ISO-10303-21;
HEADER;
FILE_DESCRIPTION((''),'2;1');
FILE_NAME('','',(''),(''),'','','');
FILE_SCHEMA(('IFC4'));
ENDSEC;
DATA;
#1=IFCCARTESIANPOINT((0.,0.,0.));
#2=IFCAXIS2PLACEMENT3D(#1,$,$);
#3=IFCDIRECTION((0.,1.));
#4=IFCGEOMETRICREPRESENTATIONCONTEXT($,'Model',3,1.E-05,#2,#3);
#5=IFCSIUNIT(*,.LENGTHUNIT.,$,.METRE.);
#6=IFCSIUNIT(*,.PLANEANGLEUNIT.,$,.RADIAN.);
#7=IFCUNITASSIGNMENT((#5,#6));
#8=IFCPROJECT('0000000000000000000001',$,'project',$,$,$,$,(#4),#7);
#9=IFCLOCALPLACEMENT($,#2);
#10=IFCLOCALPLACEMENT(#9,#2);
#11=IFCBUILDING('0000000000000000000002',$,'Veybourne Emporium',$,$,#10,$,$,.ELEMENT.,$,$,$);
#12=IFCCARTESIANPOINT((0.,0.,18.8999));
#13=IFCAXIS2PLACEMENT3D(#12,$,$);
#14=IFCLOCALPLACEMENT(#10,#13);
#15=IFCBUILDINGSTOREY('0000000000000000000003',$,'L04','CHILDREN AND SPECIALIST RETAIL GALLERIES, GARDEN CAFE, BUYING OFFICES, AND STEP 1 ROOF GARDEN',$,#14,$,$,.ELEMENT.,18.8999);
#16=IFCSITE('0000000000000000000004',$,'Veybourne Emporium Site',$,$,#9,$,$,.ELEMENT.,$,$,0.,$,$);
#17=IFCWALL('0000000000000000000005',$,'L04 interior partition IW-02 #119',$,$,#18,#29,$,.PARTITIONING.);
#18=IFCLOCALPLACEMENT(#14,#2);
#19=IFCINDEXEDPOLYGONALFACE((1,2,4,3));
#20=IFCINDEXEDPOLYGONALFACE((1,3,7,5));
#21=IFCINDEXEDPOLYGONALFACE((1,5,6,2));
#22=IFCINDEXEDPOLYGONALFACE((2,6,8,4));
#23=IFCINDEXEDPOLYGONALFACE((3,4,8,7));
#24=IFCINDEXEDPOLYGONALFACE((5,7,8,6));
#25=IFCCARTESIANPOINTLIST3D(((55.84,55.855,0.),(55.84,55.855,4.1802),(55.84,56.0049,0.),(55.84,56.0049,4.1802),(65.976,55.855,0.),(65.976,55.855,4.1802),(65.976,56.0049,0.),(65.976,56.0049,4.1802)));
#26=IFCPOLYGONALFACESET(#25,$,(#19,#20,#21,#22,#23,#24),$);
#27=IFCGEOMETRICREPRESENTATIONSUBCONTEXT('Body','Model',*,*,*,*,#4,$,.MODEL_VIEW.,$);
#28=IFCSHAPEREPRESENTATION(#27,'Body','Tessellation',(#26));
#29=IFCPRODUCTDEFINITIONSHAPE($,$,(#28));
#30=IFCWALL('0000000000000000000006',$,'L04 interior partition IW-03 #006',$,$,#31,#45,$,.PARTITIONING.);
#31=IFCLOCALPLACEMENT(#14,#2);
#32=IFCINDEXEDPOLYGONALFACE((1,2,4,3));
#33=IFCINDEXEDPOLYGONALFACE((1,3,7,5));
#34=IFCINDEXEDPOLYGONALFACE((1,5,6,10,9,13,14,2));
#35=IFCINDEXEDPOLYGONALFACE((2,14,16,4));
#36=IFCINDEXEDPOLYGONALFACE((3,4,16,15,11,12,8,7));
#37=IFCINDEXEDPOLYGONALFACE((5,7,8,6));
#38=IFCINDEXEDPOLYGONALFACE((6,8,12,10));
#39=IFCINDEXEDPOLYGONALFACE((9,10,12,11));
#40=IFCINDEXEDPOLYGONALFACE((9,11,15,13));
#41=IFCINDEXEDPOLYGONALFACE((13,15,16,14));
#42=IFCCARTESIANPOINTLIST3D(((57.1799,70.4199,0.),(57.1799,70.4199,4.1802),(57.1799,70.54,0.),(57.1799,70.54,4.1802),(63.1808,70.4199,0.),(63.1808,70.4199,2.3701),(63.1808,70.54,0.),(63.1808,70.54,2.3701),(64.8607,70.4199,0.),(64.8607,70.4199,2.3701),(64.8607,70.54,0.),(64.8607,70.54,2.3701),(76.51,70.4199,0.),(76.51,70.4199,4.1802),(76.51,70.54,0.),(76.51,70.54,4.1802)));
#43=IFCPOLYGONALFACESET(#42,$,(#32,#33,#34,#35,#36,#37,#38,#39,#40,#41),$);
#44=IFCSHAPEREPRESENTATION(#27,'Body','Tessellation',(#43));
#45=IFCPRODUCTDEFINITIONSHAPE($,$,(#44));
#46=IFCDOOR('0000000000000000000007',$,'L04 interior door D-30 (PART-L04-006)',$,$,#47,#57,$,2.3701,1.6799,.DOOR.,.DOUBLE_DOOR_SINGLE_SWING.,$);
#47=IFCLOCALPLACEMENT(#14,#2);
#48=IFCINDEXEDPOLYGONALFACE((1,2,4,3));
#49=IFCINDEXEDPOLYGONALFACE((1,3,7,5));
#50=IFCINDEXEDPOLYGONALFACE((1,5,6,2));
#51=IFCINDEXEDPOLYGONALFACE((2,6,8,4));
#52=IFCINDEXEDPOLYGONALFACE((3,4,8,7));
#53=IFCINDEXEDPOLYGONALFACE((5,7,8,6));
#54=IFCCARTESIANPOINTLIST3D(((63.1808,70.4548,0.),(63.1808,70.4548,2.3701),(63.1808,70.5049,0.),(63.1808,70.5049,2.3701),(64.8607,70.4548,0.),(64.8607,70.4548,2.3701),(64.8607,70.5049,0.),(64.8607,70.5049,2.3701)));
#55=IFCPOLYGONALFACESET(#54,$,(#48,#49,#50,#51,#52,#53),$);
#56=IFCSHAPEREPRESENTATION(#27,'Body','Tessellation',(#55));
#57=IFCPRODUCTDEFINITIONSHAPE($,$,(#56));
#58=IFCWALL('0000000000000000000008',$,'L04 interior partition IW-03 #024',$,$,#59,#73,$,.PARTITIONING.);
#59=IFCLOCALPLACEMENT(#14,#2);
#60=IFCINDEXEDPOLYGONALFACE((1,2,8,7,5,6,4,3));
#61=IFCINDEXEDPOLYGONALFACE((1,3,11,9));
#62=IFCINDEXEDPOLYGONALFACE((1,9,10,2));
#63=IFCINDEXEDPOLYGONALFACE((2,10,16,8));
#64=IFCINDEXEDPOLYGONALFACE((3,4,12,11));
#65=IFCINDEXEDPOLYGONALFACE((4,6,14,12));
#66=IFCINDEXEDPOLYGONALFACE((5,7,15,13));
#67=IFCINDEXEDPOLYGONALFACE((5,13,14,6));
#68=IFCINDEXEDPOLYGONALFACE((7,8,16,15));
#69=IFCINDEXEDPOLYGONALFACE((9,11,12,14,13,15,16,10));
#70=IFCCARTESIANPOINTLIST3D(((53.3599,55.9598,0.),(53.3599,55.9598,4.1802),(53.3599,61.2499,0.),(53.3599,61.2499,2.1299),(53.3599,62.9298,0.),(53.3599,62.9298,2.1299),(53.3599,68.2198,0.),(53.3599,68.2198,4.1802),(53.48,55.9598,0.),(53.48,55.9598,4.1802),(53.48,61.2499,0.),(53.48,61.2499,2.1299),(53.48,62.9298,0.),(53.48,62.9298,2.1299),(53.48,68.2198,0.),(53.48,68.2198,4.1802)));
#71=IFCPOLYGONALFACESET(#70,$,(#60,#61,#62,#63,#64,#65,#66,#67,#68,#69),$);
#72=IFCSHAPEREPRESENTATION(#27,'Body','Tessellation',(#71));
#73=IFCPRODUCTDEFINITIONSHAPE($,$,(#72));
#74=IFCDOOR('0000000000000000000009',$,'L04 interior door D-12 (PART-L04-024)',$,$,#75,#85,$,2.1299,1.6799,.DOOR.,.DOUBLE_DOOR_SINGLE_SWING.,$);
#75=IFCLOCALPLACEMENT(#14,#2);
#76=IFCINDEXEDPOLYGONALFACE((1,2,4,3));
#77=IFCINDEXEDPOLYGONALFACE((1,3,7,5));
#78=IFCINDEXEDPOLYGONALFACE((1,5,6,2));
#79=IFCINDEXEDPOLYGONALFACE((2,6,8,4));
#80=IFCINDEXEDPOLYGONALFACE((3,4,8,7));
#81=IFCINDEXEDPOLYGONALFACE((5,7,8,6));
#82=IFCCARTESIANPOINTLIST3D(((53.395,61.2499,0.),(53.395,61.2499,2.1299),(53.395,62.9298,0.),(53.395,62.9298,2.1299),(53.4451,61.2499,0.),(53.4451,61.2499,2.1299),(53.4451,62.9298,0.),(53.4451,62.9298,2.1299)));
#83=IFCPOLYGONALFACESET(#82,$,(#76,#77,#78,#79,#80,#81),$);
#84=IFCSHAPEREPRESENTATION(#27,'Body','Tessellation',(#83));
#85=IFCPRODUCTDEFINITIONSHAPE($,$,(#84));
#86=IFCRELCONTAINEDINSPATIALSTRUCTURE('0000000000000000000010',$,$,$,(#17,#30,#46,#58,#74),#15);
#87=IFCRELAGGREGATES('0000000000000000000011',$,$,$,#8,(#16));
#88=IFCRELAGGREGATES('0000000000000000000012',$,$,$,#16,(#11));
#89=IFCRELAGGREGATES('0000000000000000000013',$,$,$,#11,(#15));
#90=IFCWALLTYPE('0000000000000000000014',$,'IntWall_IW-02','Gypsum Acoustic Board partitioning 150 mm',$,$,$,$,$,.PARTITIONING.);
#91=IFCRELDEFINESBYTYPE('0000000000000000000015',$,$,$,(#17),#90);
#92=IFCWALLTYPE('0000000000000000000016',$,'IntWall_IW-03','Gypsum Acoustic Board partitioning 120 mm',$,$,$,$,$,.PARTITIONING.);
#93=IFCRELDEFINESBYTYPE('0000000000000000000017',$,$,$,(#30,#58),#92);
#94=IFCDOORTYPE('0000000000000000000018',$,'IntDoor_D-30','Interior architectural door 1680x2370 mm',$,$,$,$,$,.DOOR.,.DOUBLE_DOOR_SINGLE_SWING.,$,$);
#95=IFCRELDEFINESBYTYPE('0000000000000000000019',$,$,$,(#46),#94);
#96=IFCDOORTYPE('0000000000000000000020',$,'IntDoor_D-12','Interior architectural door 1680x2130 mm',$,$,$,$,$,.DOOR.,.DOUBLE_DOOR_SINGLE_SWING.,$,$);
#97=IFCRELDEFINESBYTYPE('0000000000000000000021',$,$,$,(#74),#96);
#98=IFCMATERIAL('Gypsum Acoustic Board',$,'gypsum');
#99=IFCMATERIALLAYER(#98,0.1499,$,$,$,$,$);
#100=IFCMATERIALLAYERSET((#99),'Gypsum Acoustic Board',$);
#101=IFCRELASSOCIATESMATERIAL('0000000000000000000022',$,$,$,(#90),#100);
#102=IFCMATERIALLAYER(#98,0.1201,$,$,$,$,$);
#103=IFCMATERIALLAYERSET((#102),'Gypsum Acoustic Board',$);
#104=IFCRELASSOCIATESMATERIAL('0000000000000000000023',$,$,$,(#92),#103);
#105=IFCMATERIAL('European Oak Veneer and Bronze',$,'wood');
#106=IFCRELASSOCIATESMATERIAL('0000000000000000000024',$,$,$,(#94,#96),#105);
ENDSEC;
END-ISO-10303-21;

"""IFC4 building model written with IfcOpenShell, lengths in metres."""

from ifc_helpers import new_model, si_unit, direction, frame, frame_2d, origin, place, context, subcontext, project, spatial, rectangle, extrude, material, layer, layer_set, type_object, element, fill, save


model = new_model("IFC4")

# Units and contexts
model_context = context("Model", 3, precision=1e-05, world=origin(), true_north=direction((0.0, 1.0)))
body_context = subcontext(model_context, "Body", "Model", "MODEL_VIEW")
ifc_project = project(units=[si_unit("LENGTHUNIT", "METRE"), si_unit("PLANEANGLEUNIT", "RADIAN")], contexts=[model_context])

# Site, building, storey
site_placement = place(None, origin())
site = spatial("IfcSite", under=ifc_project, at=site_placement, Name="Veybourne Emporium Site", CompositionType="ELEMENT", RefElevation=0.0)
building_placement = place(site_placement, origin())
building = spatial("IfcBuilding", under=site, at=building_placement, Name="Veybourne Emporium", CompositionType="ELEMENT")
storey_placement = place(building_placement, frame((0.0, 0.0, 18.8999)))
storey = spatial("IfcBuildingStorey", under=building, at=storey_placement, Name="L04", Description="CHILDREN AND SPECIALIST RETAIL GALLERIES, GARDEN CAFE, BUYING OFFICES, AND STEP 1 ROOF GARDEN", CompositionType="ELEMENT", Elevation=18.8999)

# Shared definitions
ifc_material_1 = material(Name="Gypsum Acoustic Board", Category="gypsum")
ifc_material_2 = material(Name="European Oak Veneer and Bronze", Category="wood")
ifc_layer_1 = layer(ifc_material_1, 0.1499)
ifc_layer_set_1 = layer_set([ifc_layer_1], Name="Gypsum Acoustic Board")
wall_type_1 = type_object("IfcWallType", Name="IntWall_IW-02", Description="Gypsum Acoustic Board partitioning 150 mm", PredefinedType="PARTITIONING", material=ifc_layer_set_1)

# Wall
wall_1_placement = place(storey_placement, frame((55.8401, 55.9299, 0.0), z_axis=(0.0, 0.0, 1.0), x_axis=(1.0, 0.0, 0.0)))
element("IfcWall", 1, at=wall_1_placement, inside=storey, type_object=wall_type_1, Name="L04 interior partition IW-02 #119", PredefinedType="PARTITIONING", context=body_context, shape_type="SweptSolid", body=[
    extrude(rectangle(XDim=10.136, YDim=0.1499, at=frame_2d((5.0679, 0.0))), origin(), (0.0, 0.0, 1.0), 4.1802),
])

# Walls, openings, doors
ifc_layer_2 = layer(ifc_material_1, 0.1201)
ifc_layer_set_2 = layer_set([ifc_layer_2], Name="Gypsum Acoustic Board")
wall_type_2 = type_object("IfcWallType", Name="IntWall_IW-03", Description="Gypsum Acoustic Board partitioning 120 mm", PredefinedType="PARTITIONING", material=ifc_layer_set_2)
wall_2_placement = place(storey_placement, frame((57.1799, 70.48, 0.0), z_axis=(0.0, 0.0, 1.0), x_axis=(1.0, 0.0, 0.0)))
wall_2 = element("IfcWall", 2, at=wall_2_placement, inside=storey, type_object=wall_type_2, Name="L04 interior partition IW-03 #006", PredefinedType="PARTITIONING", context=body_context, shape_type="SweptSolid", body=[
    extrude(rectangle(XDim=19.3301, YDim=0.1201, at=frame_2d((9.665, 0.0))), origin(), (0.0, 0.0, 1.0), 4.1802),
])
opening_1_placement = place(wall_2_placement, frame((6.001, 0.0, 0.0)))
opening_1 = element("IfcOpeningElement", 3, at=opening_1_placement, cuts=wall_2, PredefinedType="OPENING", context=body_context, shape_type="SweptSolid", body=[
    extrude(rectangle(XDim=1.6799, YDim=2.3701, at=frame_2d((0.8398, 1.1851))), frame((0.0, 0.0801, 0.0), z_axis=(0.0, -1.0, 0.0), x_axis=(1.0, 0.0, 0.0)), (0.0, 0.0, 1.0), 0.1602),
])
door_type_1 = type_object("IfcDoorType", Name="IntDoor_D-30", Description="Interior architectural door 1680x2370 mm", OperationType="DOUBLE_DOOR_SINGLE_SWING", PredefinedType="DOOR", material=ifc_material_2)
door_1_placement = place(opening_1_placement, origin())
door_1 = element("IfcDoor", 4, at=door_1_placement, inside=storey, type_object=door_type_1, Name="L04 interior door D-30 (PART-L04-006)", OperationType="DOUBLE_DOOR_SINGLE_SWING", OverallHeight=2.3701, OverallWidth=1.6799, PredefinedType="DOOR", context=body_context, shape_type="SweptSolid", body=[
    extrude(rectangle(XDim=1.6799, YDim=2.3701, at=frame_2d((0.8398, 1.1851))), frame((0.0, 0.0249, 0.0), z_axis=(0.0, -1.0, 0.0), x_axis=(1.0, 0.0, 0.0)), (0.0, 0.0, 1.0), 0.05),
])
fill(opening_1, door_1)
wall_3_placement = place(storey_placement, frame((53.4199, 55.96, 0.0), z_axis=(0.0, 0.0, 1.0), x_axis=(0.0, 1.0, 0.0)))
wall_3 = element("IfcWall", 5, at=wall_3_placement, inside=storey, type_object=wall_type_2, Name="L04 interior partition IW-03 #024", PredefinedType="PARTITIONING", context=body_context, shape_type="SweptSolid", body=[
    extrude(rectangle(XDim=12.26, YDim=0.1201, at=frame_2d((6.1299, 0.0))), origin(), (0.0, 0.0, 1.0), 4.1802),
])
opening_2_placement = place(wall_3_placement, frame((5.29, 0.0, 0.0)))
opening_2 = element("IfcOpeningElement", 6, at=opening_2_placement, cuts=wall_3, PredefinedType="OPENING", context=body_context, shape_type="SweptSolid", body=[
    extrude(rectangle(XDim=1.6799, YDim=2.1299, at=frame_2d((0.8398, 1.0649))), frame((0.0, 0.0801, 0.0), z_axis=(0.0, -1.0, 0.0), x_axis=(1.0, 0.0, 0.0)), (0.0, 0.0, 1.0), 0.1602),
])
door_type_2 = type_object("IfcDoorType", Name="IntDoor_D-12", Description="Interior architectural door 1680x2130 mm", OperationType="DOUBLE_DOOR_SINGLE_SWING", PredefinedType="DOOR", material=ifc_material_2)
door_2_placement = place(opening_2_placement, origin())
door_2 = element("IfcDoor", 7, at=door_2_placement, inside=storey, type_object=door_type_2, Name="L04 interior door D-12 (PART-L04-024)", OperationType="DOUBLE_DOOR_SINGLE_SWING", OverallHeight=2.1299, OverallWidth=1.6799, PredefinedType="DOOR", context=body_context, shape_type="SweptSolid", body=[
    extrude(rectangle(XDim=1.6799, YDim=2.1299, at=frame_2d((0.8398, 1.0649))), frame((0.0, 0.0249, 0.0), z_axis=(0.0, -1.0, 0.0), x_axis=(1.0, 0.0, 0.0)), (0.0, 0.0, 1.0), 0.05),
])
fill(opening_2, door_2)

save(model, "model.ifc")
